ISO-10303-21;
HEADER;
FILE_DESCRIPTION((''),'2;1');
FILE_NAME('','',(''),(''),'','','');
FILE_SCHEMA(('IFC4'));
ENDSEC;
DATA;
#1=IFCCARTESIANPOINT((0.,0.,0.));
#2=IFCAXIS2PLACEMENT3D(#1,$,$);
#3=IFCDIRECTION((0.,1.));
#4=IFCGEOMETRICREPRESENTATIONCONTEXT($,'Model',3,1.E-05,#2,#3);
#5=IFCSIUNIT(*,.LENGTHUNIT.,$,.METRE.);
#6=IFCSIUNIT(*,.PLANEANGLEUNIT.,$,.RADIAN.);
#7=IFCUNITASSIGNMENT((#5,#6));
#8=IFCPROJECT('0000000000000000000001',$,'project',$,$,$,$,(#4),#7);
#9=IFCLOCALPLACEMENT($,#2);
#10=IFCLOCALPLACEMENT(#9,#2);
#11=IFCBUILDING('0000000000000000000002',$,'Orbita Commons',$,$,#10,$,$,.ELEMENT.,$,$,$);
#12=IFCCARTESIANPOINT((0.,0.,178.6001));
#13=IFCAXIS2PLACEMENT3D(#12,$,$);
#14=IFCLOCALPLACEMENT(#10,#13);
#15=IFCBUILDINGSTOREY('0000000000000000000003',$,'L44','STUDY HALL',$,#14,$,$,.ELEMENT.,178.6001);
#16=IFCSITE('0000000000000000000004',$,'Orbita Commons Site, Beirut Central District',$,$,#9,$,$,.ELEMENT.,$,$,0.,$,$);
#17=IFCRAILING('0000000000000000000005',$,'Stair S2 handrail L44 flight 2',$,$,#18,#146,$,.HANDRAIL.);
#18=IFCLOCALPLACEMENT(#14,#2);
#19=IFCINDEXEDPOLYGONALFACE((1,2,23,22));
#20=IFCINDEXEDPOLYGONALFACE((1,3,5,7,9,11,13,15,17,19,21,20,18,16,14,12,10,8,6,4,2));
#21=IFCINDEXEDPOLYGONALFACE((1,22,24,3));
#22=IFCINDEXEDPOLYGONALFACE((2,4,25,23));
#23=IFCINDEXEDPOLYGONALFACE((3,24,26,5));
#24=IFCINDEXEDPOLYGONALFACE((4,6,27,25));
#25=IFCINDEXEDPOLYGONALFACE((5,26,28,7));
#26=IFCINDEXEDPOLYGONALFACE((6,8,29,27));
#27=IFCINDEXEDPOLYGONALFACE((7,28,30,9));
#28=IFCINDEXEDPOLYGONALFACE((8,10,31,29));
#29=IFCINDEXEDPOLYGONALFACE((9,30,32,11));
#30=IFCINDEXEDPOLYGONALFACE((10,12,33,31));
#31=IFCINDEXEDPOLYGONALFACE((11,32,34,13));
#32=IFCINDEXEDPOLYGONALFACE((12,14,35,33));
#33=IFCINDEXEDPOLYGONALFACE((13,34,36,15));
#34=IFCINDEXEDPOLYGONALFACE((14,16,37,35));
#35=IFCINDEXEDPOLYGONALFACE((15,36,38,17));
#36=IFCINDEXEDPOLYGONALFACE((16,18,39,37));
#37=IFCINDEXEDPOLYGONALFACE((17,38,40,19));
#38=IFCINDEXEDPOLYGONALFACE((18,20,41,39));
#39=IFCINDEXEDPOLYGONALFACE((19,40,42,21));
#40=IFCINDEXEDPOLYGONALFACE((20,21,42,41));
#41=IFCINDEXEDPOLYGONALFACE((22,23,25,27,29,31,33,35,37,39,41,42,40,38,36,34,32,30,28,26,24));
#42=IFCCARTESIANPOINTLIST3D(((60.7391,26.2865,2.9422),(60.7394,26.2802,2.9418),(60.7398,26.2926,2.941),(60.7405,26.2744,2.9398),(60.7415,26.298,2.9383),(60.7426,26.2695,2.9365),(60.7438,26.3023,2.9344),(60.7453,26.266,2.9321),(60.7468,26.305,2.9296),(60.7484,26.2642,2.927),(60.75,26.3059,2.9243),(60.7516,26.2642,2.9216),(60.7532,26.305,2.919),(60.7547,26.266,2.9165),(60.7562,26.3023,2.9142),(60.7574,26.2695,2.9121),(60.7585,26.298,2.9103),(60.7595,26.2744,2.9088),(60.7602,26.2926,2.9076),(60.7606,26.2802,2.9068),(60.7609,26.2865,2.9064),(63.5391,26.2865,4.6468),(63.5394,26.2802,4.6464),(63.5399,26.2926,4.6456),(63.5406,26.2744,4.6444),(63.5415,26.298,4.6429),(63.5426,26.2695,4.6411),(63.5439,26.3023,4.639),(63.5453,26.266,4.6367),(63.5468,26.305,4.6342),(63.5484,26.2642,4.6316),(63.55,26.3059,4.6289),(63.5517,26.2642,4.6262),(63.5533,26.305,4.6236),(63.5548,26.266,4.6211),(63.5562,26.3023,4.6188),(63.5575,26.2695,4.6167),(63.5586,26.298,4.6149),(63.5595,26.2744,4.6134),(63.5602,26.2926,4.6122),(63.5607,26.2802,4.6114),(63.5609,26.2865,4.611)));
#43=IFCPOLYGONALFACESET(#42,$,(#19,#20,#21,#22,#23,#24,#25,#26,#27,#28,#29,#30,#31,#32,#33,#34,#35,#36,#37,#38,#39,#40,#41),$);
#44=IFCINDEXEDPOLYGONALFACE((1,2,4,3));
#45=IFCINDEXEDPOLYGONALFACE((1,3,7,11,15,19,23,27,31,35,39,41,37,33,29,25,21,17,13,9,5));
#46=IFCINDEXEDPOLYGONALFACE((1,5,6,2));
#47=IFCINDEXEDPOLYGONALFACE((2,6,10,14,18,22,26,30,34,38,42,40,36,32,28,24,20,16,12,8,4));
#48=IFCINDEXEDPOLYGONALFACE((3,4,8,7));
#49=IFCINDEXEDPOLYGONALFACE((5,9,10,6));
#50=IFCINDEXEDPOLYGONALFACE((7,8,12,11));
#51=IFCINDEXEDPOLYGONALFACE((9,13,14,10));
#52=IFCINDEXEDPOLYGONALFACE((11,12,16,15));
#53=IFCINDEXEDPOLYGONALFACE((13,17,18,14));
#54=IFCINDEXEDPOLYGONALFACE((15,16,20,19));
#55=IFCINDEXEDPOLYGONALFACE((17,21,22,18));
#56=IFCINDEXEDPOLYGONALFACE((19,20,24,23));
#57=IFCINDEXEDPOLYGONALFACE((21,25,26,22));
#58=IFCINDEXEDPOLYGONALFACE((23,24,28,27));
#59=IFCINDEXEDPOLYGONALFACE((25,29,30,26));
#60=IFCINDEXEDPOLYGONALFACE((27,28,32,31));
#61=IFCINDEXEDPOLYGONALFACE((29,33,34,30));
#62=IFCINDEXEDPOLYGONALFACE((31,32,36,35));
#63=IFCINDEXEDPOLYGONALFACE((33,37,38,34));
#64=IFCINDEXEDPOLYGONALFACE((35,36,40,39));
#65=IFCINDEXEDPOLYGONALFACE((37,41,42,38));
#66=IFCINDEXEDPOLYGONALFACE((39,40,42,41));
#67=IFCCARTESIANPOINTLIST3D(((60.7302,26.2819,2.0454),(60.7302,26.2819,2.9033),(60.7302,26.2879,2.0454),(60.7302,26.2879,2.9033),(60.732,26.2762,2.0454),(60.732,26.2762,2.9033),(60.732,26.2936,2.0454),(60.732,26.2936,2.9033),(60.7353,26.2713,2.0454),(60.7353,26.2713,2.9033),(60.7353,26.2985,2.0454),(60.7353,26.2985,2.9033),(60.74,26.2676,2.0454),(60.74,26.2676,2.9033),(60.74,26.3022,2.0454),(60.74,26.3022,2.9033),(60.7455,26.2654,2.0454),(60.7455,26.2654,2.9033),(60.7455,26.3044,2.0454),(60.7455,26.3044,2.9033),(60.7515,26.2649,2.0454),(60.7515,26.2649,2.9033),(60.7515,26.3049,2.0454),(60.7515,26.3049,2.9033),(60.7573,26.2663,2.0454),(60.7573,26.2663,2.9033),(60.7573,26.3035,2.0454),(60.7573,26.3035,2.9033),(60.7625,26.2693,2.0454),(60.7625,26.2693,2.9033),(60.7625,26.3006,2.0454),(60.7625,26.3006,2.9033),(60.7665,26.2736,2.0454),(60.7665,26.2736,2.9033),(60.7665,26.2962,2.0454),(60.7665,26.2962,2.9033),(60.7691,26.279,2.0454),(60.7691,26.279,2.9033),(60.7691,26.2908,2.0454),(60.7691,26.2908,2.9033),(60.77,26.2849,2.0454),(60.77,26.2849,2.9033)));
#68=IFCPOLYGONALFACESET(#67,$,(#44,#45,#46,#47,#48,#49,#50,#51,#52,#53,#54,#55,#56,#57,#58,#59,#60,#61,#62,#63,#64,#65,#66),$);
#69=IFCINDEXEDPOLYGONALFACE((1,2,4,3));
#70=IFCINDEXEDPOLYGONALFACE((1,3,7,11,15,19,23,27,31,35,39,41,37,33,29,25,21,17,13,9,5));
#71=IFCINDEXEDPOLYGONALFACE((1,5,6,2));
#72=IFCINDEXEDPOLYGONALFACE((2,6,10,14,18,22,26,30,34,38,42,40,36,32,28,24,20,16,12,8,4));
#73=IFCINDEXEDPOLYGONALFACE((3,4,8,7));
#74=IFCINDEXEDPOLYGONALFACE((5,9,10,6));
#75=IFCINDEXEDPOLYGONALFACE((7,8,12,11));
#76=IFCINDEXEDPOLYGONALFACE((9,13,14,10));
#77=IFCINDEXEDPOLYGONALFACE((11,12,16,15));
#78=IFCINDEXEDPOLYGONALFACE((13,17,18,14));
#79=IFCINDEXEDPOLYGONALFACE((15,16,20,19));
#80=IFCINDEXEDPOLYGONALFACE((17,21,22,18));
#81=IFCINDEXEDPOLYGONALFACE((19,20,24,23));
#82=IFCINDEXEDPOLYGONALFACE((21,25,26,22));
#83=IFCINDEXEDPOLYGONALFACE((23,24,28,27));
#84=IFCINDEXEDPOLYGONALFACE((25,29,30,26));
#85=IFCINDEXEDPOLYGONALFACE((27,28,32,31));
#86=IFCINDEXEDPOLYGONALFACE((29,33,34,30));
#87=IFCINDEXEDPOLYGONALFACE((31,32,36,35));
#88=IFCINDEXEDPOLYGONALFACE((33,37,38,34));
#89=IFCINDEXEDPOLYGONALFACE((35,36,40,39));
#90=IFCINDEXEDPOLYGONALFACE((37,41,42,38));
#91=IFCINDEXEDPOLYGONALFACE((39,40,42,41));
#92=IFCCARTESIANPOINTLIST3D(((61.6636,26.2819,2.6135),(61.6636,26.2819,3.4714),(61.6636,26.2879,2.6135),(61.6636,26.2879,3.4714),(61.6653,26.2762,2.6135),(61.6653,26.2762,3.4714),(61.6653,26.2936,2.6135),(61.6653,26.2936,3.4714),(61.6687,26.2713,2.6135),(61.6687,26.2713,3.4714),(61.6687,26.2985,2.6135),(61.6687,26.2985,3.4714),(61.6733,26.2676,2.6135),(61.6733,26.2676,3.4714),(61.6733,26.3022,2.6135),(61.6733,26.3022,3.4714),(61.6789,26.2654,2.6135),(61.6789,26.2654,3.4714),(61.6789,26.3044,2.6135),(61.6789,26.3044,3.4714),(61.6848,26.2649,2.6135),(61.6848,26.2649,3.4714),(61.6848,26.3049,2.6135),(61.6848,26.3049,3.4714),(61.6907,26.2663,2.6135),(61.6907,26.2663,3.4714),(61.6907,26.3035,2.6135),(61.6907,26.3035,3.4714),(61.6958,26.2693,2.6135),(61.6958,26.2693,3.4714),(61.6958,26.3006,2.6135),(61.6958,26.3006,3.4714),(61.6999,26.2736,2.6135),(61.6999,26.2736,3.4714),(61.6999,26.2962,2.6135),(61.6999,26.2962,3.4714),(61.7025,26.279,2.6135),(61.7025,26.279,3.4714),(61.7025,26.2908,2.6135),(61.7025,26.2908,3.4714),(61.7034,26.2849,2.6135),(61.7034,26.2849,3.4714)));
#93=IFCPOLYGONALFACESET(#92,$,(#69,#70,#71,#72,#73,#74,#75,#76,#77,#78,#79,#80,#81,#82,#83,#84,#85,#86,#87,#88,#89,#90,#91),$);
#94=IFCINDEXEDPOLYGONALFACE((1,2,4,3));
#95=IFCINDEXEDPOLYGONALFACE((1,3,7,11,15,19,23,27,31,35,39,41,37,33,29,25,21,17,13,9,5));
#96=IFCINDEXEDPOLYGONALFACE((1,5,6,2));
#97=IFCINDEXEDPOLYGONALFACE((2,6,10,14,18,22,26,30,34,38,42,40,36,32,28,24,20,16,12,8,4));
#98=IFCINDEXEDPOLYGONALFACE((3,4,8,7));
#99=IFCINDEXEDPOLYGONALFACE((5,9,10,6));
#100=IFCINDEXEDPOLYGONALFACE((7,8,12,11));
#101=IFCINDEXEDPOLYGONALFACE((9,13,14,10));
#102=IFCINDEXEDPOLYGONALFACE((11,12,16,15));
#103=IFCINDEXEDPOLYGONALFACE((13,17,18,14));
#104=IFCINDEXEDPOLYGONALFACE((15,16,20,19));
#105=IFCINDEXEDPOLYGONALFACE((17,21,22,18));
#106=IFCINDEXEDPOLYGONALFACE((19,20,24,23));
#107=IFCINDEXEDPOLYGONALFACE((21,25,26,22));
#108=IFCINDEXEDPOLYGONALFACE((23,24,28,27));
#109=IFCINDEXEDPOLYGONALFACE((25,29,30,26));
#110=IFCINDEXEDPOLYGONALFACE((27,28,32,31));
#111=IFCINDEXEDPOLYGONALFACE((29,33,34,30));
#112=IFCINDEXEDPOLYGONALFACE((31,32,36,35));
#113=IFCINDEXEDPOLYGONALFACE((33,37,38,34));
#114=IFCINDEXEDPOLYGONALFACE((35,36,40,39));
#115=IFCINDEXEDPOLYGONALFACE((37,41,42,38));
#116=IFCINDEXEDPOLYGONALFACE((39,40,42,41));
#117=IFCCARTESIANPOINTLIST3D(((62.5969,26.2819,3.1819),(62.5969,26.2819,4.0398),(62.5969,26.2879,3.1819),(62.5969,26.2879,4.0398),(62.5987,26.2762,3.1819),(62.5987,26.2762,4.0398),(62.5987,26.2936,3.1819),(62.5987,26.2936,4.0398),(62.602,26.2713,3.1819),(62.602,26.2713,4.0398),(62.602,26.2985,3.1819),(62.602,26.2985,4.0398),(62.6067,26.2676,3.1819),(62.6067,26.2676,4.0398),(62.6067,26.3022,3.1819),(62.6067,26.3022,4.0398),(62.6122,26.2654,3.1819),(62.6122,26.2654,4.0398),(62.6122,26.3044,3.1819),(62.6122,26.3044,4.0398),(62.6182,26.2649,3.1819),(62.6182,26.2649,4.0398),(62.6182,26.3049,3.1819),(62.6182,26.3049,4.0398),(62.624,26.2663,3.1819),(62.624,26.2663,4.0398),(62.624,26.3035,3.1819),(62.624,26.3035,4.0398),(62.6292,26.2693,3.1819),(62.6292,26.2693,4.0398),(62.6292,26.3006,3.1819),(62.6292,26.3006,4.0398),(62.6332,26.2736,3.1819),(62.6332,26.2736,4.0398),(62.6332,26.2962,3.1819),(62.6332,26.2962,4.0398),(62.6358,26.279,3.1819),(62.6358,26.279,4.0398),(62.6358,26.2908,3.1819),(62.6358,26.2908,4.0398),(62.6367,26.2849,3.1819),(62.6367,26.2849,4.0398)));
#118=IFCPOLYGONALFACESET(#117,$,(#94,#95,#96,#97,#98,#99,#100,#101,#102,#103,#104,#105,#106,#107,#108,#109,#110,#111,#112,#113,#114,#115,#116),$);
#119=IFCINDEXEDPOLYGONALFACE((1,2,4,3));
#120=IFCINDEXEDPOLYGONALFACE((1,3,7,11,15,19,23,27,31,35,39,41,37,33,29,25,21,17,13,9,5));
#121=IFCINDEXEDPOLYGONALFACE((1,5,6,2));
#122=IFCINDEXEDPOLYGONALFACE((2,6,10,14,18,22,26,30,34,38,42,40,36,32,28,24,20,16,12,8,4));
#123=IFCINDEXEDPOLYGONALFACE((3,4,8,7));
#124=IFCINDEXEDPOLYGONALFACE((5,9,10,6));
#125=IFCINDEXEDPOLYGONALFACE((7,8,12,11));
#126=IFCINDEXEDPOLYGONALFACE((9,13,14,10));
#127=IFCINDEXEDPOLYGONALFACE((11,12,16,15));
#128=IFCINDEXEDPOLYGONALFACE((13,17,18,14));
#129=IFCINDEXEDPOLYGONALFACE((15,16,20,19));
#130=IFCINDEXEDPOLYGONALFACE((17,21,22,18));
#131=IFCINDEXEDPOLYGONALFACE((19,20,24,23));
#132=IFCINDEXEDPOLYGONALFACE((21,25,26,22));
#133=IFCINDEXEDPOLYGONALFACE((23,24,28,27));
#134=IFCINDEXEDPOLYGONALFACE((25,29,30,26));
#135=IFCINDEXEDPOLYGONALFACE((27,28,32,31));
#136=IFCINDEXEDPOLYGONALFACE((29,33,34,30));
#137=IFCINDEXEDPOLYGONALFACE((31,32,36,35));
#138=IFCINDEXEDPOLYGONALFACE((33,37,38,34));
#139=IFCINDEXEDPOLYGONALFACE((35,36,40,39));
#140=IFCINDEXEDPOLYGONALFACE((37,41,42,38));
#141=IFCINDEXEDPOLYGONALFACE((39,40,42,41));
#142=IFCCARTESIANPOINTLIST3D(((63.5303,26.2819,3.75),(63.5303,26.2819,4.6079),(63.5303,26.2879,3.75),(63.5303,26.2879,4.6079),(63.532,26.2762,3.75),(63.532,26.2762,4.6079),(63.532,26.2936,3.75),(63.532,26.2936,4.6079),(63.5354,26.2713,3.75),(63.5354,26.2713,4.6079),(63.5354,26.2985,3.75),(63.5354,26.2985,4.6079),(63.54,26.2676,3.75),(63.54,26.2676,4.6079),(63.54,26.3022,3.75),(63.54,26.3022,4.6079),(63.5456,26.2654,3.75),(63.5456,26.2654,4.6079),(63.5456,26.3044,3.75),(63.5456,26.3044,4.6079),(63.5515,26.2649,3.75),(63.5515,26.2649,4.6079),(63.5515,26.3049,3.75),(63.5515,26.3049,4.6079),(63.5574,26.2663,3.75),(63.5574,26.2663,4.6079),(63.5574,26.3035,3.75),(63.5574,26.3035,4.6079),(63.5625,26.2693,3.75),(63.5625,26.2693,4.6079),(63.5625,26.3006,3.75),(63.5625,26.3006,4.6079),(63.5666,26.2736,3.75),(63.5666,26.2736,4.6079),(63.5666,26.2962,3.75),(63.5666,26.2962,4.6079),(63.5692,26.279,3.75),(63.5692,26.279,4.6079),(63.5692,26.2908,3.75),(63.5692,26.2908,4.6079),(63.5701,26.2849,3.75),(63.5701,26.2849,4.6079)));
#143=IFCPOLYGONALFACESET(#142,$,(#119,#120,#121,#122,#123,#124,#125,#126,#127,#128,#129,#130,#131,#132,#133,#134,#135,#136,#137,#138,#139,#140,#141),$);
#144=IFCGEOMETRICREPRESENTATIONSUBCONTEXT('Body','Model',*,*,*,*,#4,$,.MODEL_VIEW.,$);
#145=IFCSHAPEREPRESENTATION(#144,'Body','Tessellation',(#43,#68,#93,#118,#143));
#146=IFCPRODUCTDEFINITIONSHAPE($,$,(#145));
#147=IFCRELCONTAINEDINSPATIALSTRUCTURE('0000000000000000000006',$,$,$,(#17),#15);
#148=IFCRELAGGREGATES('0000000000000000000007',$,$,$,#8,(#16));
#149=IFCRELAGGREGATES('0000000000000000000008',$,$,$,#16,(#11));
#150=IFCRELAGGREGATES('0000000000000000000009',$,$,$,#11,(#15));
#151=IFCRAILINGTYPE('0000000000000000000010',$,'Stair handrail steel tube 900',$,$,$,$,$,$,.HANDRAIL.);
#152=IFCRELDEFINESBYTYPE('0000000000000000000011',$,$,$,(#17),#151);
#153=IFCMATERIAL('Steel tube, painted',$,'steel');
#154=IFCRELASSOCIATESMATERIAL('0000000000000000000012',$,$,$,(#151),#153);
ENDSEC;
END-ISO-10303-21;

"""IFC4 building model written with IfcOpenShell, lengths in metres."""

from ifc_helpers import new_model, si_unit, direction, frame, origin, origin_2d, place, context, subcontext, project, spatial, circle, extrude, material, type_object, element, save


model = new_model("IFC4")

# Units and contexts
model_context = context("Model", 3, precision=1e-05, world=origin(), true_north=direction((0.0, 1.0)))
body_context = subcontext(model_context, "Body", "Model", "MODEL_VIEW")
ifc_project = project(units=[si_unit("LENGTHUNIT", "METRE"), si_unit("PLANEANGLEUNIT", "RADIAN")], contexts=[model_context])

# Site, building, storey
site_placement = place(None, origin())
site = spatial("IfcSite", under=ifc_project, at=site_placement, Name="Orbita Commons Site, Beirut Central District", CompositionType="ELEMENT", RefElevation=0.0)
building_placement = place(site_placement, origin())
building = spatial("IfcBuilding", under=site, at=building_placement, Name="Orbita Commons", CompositionType="ELEMENT")
storey_placement = place(building_placement, frame((0.0, 0.0, 178.6001)))
storey = spatial("IfcBuildingStorey", under=building, at=storey_placement, Name="L44", Description="STUDY HALL", CompositionType="ELEMENT", Elevation=178.6001)

# Railing
ifc_material_1 = material(Name="Steel tube, painted", Category="steel")
railing_type = type_object("IfcRailingType", Name="Stair handrail steel tube 900", PredefinedType="HANDRAIL", material=ifc_material_1)
for number, where, name in (
    (1, (60.75, 26.2849, 2.0454), "Stair S2 handrail L44 flight 2"),
):
    element("IfcRailing", number, at=place(storey_placement, frame(where)), inside=storey, type_object=railing_type, Name=name, PredefinedType="HANDRAIL", context=body_context, shape_type="SweptSolid", body=[
        extrude(circle(Radius=0.021, at=origin_2d()), frame((0.0, 0.0, 0.8789), z_axis=(0.85417, 0.0, 0.519994), x_axis=(0.0, 1.0, 0.0)), (0.0, 0.0, 1.0), 3.2781),
        extrude(circle(Radius=0.02, at=origin_2d()), origin(), (0.0, 0.0, 1.0), 0.8579),
        extrude(circle(Radius=0.02, at=origin_2d()), frame((0.9333, 0.0, 0.5681)), (0.0, 0.0, 1.0), 0.8579),
        extrude(circle(Radius=0.02, at=origin_2d()), frame((1.8667, 0.0, 1.1365)), (0.0, 0.0, 1.0), 0.8579),
        extrude(circle(Radius=0.02, at=origin_2d()), frame((2.8, 0.0, 1.7046)), (0.0, 0.0, 1.0), 0.8579),
    ])

save(model, "model.ifc")
